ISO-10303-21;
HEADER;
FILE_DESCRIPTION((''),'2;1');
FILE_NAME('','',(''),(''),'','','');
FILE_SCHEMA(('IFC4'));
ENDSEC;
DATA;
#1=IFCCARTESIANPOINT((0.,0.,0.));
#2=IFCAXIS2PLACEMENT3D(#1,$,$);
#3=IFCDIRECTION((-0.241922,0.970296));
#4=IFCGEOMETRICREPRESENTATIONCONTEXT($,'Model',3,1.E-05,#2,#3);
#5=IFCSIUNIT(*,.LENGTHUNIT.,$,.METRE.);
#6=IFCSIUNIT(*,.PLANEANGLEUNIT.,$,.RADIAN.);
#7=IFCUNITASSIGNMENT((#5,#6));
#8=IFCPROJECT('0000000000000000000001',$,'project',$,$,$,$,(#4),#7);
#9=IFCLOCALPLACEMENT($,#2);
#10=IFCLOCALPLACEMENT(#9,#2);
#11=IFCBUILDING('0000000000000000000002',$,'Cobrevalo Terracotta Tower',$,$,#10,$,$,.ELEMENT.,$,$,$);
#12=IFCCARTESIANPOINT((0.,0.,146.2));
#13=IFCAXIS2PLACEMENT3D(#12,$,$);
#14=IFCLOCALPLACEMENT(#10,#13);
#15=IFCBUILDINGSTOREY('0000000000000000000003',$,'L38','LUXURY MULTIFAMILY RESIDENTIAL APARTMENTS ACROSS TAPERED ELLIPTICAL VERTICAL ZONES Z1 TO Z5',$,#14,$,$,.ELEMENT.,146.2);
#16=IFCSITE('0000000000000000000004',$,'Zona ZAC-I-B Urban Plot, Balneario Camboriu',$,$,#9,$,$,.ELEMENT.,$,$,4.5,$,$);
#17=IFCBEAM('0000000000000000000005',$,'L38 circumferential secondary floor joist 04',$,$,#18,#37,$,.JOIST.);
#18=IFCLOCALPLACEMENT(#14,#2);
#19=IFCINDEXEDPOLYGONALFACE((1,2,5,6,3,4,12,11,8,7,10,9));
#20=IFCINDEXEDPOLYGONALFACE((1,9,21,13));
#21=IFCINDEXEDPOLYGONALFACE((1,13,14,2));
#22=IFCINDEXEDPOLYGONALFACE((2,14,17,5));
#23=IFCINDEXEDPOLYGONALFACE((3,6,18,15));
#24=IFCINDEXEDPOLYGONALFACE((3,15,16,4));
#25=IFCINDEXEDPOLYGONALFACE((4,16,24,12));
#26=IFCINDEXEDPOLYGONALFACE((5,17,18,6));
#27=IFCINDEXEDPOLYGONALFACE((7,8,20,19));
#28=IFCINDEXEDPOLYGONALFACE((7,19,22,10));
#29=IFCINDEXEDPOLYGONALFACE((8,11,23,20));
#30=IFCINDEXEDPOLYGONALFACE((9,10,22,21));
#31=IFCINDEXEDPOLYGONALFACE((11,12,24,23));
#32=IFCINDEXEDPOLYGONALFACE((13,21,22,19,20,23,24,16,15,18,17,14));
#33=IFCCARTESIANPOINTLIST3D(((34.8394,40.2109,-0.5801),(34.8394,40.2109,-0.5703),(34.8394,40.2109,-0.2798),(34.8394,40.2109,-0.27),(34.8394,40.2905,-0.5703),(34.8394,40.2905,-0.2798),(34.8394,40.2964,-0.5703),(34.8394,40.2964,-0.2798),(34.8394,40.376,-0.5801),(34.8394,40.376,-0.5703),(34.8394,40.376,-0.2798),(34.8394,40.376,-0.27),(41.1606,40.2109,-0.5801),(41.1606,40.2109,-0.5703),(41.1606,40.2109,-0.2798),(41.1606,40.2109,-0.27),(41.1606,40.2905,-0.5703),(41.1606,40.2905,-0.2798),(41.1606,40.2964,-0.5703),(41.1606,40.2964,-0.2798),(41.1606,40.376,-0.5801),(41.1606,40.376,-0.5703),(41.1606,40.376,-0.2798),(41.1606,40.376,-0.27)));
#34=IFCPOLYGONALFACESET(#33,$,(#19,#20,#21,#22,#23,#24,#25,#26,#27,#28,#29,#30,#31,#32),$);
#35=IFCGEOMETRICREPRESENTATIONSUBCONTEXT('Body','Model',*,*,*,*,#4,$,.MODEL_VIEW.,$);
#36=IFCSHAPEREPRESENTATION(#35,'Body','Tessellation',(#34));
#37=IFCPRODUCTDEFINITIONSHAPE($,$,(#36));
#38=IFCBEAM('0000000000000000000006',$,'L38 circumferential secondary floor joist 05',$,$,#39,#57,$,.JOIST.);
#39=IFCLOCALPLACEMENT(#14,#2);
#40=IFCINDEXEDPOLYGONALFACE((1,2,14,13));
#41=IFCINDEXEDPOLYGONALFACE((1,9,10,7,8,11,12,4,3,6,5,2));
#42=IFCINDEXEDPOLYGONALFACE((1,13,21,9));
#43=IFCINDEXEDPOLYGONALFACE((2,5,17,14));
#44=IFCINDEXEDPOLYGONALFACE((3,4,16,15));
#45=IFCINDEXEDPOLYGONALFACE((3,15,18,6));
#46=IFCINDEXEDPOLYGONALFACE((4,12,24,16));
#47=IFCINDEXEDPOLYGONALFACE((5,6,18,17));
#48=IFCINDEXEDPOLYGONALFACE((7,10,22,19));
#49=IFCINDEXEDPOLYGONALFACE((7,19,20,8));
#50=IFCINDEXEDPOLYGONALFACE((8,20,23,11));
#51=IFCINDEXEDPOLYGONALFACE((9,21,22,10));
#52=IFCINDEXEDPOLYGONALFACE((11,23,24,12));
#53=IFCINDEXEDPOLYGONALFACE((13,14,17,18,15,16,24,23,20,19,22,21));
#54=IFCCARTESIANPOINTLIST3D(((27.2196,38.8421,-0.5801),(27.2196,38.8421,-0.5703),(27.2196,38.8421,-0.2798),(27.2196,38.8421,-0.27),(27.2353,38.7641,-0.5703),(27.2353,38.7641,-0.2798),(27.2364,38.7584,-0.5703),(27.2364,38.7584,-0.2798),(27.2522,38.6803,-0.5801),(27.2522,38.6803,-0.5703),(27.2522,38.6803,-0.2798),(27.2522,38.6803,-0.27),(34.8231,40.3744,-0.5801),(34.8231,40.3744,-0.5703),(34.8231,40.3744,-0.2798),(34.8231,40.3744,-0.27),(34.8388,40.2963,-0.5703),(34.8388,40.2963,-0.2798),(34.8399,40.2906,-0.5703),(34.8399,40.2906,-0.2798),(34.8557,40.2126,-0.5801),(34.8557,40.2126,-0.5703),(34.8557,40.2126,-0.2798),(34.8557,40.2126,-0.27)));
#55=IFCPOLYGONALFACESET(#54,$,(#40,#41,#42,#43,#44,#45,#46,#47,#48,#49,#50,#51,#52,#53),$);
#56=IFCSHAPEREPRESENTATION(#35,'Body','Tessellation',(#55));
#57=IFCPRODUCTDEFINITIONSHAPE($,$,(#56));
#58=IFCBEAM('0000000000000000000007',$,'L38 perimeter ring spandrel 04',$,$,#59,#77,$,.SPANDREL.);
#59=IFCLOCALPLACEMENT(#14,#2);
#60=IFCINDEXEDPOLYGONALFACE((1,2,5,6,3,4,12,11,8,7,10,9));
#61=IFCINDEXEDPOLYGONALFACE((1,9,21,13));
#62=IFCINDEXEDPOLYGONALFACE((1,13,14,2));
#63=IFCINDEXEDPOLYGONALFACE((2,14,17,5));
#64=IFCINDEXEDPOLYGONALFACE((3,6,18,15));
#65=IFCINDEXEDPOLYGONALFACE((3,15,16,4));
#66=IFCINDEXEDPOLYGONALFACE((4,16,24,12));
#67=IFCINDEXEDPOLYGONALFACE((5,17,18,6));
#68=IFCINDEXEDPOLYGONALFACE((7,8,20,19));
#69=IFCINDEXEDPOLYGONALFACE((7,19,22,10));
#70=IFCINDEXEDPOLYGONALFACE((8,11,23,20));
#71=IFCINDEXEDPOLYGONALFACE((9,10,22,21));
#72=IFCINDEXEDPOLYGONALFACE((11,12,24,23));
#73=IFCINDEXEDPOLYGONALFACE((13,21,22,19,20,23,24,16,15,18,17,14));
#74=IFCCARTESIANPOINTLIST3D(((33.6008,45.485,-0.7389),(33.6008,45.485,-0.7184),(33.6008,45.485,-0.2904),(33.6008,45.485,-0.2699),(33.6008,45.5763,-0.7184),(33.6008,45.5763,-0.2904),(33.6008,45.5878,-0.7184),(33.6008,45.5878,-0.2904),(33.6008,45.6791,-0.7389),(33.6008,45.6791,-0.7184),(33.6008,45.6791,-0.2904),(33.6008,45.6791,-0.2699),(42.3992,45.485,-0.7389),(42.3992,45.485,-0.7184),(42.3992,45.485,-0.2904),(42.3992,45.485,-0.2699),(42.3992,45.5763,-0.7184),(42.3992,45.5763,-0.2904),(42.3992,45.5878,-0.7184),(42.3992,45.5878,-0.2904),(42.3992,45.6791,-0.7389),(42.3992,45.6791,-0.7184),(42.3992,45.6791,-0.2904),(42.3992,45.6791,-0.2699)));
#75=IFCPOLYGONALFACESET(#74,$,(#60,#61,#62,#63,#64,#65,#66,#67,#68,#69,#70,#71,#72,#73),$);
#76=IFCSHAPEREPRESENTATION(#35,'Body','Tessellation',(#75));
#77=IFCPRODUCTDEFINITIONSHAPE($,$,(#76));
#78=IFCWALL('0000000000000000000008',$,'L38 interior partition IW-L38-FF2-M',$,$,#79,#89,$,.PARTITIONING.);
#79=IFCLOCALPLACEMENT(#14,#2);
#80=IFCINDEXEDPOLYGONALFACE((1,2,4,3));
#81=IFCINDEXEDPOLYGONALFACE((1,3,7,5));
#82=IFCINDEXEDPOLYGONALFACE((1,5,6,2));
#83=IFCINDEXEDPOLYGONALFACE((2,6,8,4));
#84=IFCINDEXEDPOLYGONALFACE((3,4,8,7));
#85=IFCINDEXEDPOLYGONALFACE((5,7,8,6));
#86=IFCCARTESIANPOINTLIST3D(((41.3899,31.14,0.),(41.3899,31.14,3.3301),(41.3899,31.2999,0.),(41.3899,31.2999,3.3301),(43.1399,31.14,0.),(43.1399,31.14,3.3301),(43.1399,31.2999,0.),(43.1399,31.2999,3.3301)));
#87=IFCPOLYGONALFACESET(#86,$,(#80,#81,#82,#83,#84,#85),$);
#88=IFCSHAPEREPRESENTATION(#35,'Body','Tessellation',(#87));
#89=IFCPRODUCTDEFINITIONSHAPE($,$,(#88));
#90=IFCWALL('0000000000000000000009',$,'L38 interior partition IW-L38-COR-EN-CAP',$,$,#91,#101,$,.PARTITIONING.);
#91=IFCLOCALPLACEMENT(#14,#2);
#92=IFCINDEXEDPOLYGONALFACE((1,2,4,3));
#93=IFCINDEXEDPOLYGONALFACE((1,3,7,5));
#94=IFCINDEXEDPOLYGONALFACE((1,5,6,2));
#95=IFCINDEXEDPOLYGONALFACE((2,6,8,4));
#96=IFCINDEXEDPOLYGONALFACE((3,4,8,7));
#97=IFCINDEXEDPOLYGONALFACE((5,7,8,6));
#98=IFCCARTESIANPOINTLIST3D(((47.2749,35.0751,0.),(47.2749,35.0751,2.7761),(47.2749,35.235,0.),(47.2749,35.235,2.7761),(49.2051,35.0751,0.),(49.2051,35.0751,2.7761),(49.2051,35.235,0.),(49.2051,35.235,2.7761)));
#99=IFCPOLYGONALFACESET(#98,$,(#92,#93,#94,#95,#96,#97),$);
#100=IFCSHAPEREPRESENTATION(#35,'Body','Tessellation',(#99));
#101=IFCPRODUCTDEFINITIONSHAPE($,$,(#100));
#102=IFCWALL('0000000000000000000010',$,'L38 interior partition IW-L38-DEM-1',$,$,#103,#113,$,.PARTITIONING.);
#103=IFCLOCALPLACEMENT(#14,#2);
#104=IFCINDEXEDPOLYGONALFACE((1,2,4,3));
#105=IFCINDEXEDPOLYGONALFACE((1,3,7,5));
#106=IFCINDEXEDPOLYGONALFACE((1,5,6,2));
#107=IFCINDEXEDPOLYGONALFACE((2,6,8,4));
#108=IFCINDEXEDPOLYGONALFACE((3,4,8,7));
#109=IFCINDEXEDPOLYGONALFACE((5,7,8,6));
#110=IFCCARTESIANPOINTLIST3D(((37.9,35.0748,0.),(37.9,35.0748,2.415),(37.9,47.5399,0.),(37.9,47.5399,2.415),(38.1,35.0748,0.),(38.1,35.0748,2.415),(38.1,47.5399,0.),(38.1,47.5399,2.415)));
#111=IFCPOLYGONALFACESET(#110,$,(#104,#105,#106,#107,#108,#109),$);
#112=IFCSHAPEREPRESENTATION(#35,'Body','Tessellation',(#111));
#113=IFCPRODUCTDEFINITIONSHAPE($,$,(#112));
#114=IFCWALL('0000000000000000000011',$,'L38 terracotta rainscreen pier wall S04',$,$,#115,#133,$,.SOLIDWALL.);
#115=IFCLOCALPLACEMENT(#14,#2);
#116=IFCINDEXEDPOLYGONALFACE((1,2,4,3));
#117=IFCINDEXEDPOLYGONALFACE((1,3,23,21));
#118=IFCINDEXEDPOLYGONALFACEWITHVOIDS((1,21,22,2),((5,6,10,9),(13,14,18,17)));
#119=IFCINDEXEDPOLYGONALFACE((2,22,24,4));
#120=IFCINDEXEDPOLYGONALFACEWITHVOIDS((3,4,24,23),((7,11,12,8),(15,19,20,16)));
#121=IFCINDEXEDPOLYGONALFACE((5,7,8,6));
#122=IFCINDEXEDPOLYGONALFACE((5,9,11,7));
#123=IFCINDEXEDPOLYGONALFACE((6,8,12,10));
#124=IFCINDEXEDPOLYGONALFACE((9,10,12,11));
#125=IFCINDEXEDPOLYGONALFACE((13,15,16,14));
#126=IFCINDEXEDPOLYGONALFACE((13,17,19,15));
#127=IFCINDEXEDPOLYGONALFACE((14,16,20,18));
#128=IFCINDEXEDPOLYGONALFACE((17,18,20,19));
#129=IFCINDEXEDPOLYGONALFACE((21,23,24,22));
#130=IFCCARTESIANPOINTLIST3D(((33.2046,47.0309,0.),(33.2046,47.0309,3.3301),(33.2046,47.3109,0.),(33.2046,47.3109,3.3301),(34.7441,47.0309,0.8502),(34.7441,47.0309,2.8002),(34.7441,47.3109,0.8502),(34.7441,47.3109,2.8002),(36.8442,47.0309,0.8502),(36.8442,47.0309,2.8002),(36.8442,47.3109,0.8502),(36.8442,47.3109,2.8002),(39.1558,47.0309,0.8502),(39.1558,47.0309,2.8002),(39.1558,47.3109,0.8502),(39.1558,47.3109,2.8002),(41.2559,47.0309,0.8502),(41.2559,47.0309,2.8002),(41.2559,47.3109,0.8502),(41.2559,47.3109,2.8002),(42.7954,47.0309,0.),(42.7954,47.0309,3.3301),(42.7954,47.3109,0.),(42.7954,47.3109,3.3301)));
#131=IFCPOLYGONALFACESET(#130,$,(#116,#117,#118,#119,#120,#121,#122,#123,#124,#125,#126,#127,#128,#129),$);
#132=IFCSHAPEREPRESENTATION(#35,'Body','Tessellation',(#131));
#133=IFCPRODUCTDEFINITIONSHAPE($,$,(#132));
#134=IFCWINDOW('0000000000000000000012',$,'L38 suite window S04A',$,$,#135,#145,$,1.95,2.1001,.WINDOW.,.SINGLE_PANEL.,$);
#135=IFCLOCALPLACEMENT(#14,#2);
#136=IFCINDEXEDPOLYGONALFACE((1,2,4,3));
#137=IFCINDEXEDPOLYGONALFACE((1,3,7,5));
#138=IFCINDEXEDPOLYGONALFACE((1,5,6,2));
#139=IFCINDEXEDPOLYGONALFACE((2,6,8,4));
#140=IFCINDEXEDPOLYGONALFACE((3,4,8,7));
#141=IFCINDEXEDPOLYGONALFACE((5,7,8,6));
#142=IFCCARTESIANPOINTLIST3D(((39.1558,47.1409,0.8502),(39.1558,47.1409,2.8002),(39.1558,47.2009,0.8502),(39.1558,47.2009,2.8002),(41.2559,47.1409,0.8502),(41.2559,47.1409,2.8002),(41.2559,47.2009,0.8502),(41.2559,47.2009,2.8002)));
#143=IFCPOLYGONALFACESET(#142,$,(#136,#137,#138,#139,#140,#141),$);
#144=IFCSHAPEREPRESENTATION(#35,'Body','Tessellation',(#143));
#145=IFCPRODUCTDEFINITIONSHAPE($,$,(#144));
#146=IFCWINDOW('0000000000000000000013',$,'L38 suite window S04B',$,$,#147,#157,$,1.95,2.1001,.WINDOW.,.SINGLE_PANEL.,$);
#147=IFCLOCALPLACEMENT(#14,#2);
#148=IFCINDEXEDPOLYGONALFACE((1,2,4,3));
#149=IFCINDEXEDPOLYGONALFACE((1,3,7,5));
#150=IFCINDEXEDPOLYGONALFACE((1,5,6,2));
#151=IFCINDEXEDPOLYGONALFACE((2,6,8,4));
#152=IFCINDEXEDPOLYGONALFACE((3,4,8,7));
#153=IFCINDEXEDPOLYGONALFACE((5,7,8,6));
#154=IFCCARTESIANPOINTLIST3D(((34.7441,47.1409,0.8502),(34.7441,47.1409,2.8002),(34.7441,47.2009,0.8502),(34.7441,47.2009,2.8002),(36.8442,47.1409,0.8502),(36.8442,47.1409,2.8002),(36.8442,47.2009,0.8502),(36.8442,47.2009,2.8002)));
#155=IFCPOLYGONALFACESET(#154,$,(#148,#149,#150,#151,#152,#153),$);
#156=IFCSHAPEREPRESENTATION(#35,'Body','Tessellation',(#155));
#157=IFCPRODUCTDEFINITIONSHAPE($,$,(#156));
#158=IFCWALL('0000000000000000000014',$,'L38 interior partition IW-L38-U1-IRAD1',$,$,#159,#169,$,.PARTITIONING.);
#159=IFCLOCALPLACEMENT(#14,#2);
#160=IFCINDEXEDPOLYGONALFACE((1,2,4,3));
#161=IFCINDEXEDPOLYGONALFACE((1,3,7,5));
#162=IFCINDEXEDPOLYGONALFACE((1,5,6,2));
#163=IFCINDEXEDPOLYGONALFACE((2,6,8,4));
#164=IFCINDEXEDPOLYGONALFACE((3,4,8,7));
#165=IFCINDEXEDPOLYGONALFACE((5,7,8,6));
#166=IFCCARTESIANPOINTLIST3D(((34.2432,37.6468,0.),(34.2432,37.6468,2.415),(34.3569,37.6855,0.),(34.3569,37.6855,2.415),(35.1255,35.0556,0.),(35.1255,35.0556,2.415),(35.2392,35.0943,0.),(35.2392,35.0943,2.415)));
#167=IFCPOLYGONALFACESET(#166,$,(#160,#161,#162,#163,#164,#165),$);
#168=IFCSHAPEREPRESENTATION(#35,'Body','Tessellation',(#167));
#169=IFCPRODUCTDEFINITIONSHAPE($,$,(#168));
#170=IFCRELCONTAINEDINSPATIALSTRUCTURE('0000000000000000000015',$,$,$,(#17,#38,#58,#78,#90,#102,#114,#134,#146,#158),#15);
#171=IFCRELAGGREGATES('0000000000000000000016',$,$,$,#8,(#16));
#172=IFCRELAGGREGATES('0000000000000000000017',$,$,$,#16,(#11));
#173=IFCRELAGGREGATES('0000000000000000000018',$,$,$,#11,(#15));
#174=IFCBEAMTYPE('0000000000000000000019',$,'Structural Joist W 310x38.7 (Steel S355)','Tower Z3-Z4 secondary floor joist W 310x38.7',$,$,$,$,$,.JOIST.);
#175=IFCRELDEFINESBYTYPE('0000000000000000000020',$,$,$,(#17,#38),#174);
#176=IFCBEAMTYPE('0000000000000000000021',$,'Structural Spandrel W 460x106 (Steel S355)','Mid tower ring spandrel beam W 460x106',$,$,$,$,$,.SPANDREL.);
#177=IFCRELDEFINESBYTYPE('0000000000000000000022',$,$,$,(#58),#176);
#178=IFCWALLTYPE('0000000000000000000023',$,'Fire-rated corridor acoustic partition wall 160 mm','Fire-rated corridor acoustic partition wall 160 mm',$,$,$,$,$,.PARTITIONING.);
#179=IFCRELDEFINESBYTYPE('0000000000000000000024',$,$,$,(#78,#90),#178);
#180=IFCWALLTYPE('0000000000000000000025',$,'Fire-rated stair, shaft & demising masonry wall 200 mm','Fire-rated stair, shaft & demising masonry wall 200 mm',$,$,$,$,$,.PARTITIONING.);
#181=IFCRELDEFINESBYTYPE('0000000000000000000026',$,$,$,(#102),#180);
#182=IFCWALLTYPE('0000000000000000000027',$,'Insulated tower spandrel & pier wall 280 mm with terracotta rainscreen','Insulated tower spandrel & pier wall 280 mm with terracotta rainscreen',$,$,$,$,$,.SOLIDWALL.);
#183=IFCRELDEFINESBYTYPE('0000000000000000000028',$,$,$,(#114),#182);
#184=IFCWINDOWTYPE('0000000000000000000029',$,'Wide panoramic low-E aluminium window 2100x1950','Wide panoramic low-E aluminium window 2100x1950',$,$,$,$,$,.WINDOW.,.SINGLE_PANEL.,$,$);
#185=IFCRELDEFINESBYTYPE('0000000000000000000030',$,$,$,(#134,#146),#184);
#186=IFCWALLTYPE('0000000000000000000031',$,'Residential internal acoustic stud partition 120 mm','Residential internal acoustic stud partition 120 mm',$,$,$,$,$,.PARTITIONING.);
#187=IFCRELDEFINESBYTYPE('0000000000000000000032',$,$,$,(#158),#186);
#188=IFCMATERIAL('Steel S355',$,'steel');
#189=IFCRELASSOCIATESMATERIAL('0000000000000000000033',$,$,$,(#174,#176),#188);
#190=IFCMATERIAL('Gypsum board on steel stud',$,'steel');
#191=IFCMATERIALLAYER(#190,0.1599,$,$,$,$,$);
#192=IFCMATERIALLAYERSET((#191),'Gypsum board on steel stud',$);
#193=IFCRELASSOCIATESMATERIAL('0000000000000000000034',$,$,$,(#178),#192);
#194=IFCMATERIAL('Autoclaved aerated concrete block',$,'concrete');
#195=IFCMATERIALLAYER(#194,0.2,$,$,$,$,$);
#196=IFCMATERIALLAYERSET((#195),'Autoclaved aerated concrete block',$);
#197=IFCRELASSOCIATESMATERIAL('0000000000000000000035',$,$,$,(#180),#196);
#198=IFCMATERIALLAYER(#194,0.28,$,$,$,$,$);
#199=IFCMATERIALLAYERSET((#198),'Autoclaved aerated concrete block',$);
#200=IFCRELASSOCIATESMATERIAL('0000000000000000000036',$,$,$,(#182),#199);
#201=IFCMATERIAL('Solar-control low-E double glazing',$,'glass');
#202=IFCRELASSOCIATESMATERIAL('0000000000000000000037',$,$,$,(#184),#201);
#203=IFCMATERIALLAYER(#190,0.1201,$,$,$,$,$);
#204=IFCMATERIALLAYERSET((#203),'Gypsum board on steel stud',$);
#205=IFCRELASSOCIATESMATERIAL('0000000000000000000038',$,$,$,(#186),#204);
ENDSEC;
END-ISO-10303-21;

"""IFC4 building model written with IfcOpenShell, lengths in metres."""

from ifc_helpers import new_model, si_unit, direction, frame, frame_2d, origin, origin_2d, place, context, subcontext, project, spatial, rectangle, i_section, extrude, source, transform, mapped, material, layer, layer_set, material_profile, profile_set, type_object, element, fill, save


model = new_model("IFC4")

# Units and contexts
model_context = context("Model", 3, precision=1e-05, world=origin(), true_north=direction((-0.241922, 0.970296)))
body_context = subcontext(model_context, "Body", "Model", "MODEL_VIEW")
ifc_project = project(units=[si_unit("LENGTHUNIT", "METRE"), si_unit("PLANEANGLEUNIT", "RADIAN")], contexts=[model_context])

# Site, building, storey
site_placement = place(None, origin())
site = spatial("IfcSite", under=ifc_project, at=site_placement, Name="Zona ZAC-I-B Urban Plot, Balneario Camboriu", CompositionType="ELEMENT", RefElevation=4.5)
building_placement = place(site_placement, origin())
building = spatial("IfcBuilding", under=site, at=building_placement, Name="Cobrevalo Terracotta Tower", CompositionType="ELEMENT")
storey_placement = place(building_placement, frame((0.0, 0.0, 146.2)))
storey = spatial("IfcBuildingStorey", under=building, at=storey_placement, Name="L38", Description="LUXURY MULTIFAMILY RESIDENTIAL APARTMENTS ACROSS TAPERED ELLIPTICAL VERTICAL ZONES Z1 TO Z5", CompositionType="ELEMENT", Elevation=146.2)

# Shared definitions
ifc_material_1 = material(Name="Steel S355", Category="steel")

# Beams
ifc_material_profile_1 = material_profile(ifc_material_1, i_section(OverallWidth=0.165, OverallDepth=0.3101, WebThickness=0.0059, FlangeThickness=0.0098, at=origin_2d()), Name="W 310x38.7")
ifc_profile_set_1 = profile_set([ifc_material_profile_1], Name="Steel S355")
beam_type_1 = type_object("IfcBeamType", Name="Structural Joist W 310x38.7 (Steel S355)", Description="Tower Z3-Z4 secondary floor joist W 310x38.7", PredefinedType="JOIST", material=ifc_profile_set_1)
beam_1_placement = place(storey_placement, frame((41.1606, 40.2935, -0.425), z_axis=(-1.0, 0.0, 0.0), x_axis=(0.0, -1.0, 0.0)))
element("IfcBeam", 1, at=beam_1_placement, inside=storey, type_object=beam_type_1, Name="L38 circumferential secondary floor joist 04", PredefinedType="JOIST", context=body_context, shape_type="SweptSolid", body=[
    extrude(i_section(OverallWidth=0.165, OverallDepth=0.3101, WebThickness=0.0059, FlangeThickness=0.0098, at=origin_2d()), origin(), (0.0, 0.0, 1.0), 6.3213),
])
beam_2_placement = place(storey_placement, frame((34.8394, 40.2935, -0.425), z_axis=(-0.980294, -0.197544, 0.0), x_axis=(0.197544, -0.980294, 0.0)))
element("IfcBeam", 2, at=beam_2_placement, inside=storey, type_object=beam_type_1, Name="L38 circumferential secondary floor joist 05", PredefinedType="JOIST", context=body_context, shape_type="SweptSolid", body=[
    extrude(i_section(OverallWidth=0.165, OverallDepth=0.3101, WebThickness=0.0059, FlangeThickness=0.0098, at=origin_2d()), origin(), (0.0, 0.0, 1.0), 7.7563),
])
ifc_material_profile_2 = material_profile(ifc_material_1, i_section(OverallWidth=0.1941, OverallDepth=0.469, WebThickness=0.0115, FlangeThickness=0.0205, at=origin_2d()), Name="W 460x106")
ifc_profile_set_2 = profile_set([ifc_material_profile_2], Name="Steel S355")
beam_type_2 = type_object("IfcBeamType", Name="Structural Spandrel W 460x106 (Steel S355)", Description="Mid tower ring spandrel beam W 460x106", PredefinedType="SPANDREL", material=ifc_profile_set_2)
beam_3_placement = place(storey_placement, frame((42.3992, 45.582, -0.5044), z_axis=(-1.0, 0.0, 0.0), x_axis=(0.0, -1.0, 0.0)))
element("IfcBeam", 3, at=beam_3_placement, inside=storey, type_object=beam_type_2, Name="L38 perimeter ring spandrel 04", PredefinedType="SPANDREL", context=body_context, shape_type="SweptSolid", body=[
    extrude(i_section(OverallWidth=0.1941, OverallDepth=0.469, WebThickness=0.0115, FlangeThickness=0.0205, at=origin_2d()), origin(), (0.0, 0.0, 1.0), 8.7983),
])

# Walls
ifc_material_2 = material(Name="Gypsum board on steel stud", Category="steel")
ifc_layer_1 = layer(ifc_material_2, 0.1599)
ifc_layer_set_1 = layer_set([ifc_layer_1], Name="Gypsum board on steel stud")
wall_type_1 = type_object("IfcWallType", Name="Fire-rated corridor acoustic partition wall 160 mm", Description="Fire-rated corridor acoustic partition wall 160 mm", PredefinedType="PARTITIONING", material=ifc_layer_set_1)
wall_1_placement = place(storey_placement, frame((41.3899, 31.22, 0.0), z_axis=(0.0, 0.0, 1.0), x_axis=(1.0, 0.0, 0.0)))
element("IfcWall", 4, at=wall_1_placement, inside=storey, type_object=wall_type_1, Name="L38 interior partition IW-L38-FF2-M", PredefinedType="PARTITIONING", context=body_context, shape_type="SweptSolid", body=[
    extrude(rectangle(XDim=1.75, YDim=0.1599, at=frame_2d((0.875, 0.0))), origin(), (0.0, 0.0, 1.0), 3.3301),
])
wall_2_placement = place(storey_placement, frame((47.2749, 35.155, 0.0), z_axis=(0.0, 0.0, 1.0), x_axis=(1.0, 0.0, 0.0)))
element("IfcWall", 5, at=wall_2_placement, inside=storey, type_object=wall_type_1, Name="L38 interior partition IW-L38-COR-EN-CAP", PredefinedType="PARTITIONING", context=body_context, shape_type="SweptSolid", body=[
    extrude(rectangle(XDim=1.9302, YDim=0.1599, at=frame_2d((0.9651, 0.0))), origin(), (0.0, 0.0, 1.0), 2.7761),
])
ifc_material_3 = material(Name="Autoclaved aerated concrete block", Category="concrete")
ifc_layer_2 = layer(ifc_material_3, 0.2)
ifc_layer_set_2 = layer_set([ifc_layer_2], Name="Autoclaved aerated concrete block")
wall_type_2 = type_object("IfcWallType", Name="Fire-rated stair, shaft & demising masonry wall 200 mm", Description="Fire-rated stair, shaft & demising masonry wall 200 mm", PredefinedType="PARTITIONING", material=ifc_layer_set_2)
wall_3_placement = place(storey_placement, frame((38.0, 35.075, 0.0), z_axis=(0.0, 0.0, 1.0), x_axis=(0.0, 1.0, 0.0)))
element("IfcWall", 6, at=wall_3_placement, inside=storey, type_object=wall_type_2, Name="L38 interior partition IW-L38-DEM-1", PredefinedType="PARTITIONING", context=body_context, shape_type="SweptSolid", body=[
    extrude(rectangle(XDim=12.4651, YDim=0.2, at=frame_2d((6.2324, 0.0))), origin(), (0.0, 0.0, 1.0), 2.415),
])

# Wall, openings, windows
ifc_layer_3 = layer(ifc_material_3, 0.28)
ifc_layer_set_3 = layer_set([ifc_layer_3], Name="Autoclaved aerated concrete block")
wall_type_3 = type_object("IfcWallType", Name="Insulated tower spandrel & pier wall 280 mm with terracotta rainscreen", Description="Insulated tower spandrel & pier wall 280 mm with terracotta rainscreen", PredefinedType="SOLIDWALL", material=ifc_layer_set_3)
wall_4_placement = place(storey_placement, frame((42.7954, 47.1709, 0.0), z_axis=(0.0, 0.0, 1.0), x_axis=(-1.0, 0.0, 0.0)))
wall_4 = element("IfcWall", 7, at=wall_4_placement, inside=storey, type_object=wall_type_3, Name="L38 terracotta rainscreen pier wall S04", PredefinedType="SOLIDWALL", context=body_context, shape_type="SweptSolid", body=[
    extrude(rectangle(XDim=9.5908, YDim=0.28, at=frame_2d((4.7954, 0.0))), origin(), (0.0, 0.0, 1.0), 3.3301),
])
opening_1_placement = place(wall_4_placement, frame((1.5396, 0.0, 0.8501)))
opening_1 = element("IfcOpeningElement", 8, at=opening_1_placement, cuts=wall_4, PredefinedType="OPENING", context=body_context, shape_type="SweptSolid", body=[
    extrude(rectangle(XDim=2.1001, YDim=1.95, at=frame_2d((1.05, 0.9751))), frame((0.0, 0.1499, 0.0), z_axis=(0.0, -1.0, 0.0), x_axis=(1.0, 0.0, 0.0)), (0.0, 0.0, 1.0), 0.3),
])
opening_2_placement = place(wall_4_placement, frame((5.9512, 0.0, 0.8501)))
opening_2 = element("IfcOpeningElement", 9, at=opening_2_placement, cuts=wall_4, PredefinedType="OPENING", context=body_context, shape_type="SweptSolid", body=[
    extrude(rectangle(XDim=2.1001, YDim=1.95, at=frame_2d((1.05, 0.9751))), frame((0.0, 0.1499, 0.0), z_axis=(0.0, -1.0, 0.0), x_axis=(1.0, 0.0, 0.0)), (0.0, 0.0, 1.0), 0.3),
])
ifc_material_4 = material(Name="Solar-control low-E double glazing", Category="glass")
window_type = type_object("IfcWindowType", Name="Wide panoramic low-E aluminium window 2100x1950", Description="Wide panoramic low-E aluminium window 2100x1950", PartitioningType="SINGLE_PANEL", PredefinedType="WINDOW", material=ifc_material_4)
shared_shape_1 = source(origin(), body_context, "Body", "SweptSolid", [
    extrude(rectangle(XDim=2.1001, YDim=1.95, at=frame_2d((1.05, 0.9751))), frame((0.0, 0.03, 0.0), z_axis=(0.0, -1.0, 0.0), x_axis=(1.0, 0.0, 0.0)), (0.0, 0.0, 1.0), 0.0601),
])
window_1_placement = place(opening_1_placement, origin())
window_1 = element("IfcWindow", 10, at=window_1_placement, inside=storey, type_object=window_type, Name="L38 suite window S04A", OverallHeight=1.95, OverallWidth=2.1001, PartitioningType="SINGLE_PANEL", PredefinedType="WINDOW", context=body_context, shape_type="MappedRepresentation", body=[
    mapped(shared_shape_1, transform((0.0, 0.0, 0.0), scale=1.0)),
])
fill(opening_1, window_1)
window_2_placement = place(opening_2_placement, origin())
window_2 = element("IfcWindow", 11, at=window_2_placement, inside=storey, type_object=window_type, Name="L38 suite window S04B", OverallHeight=1.95, OverallWidth=2.1001, PartitioningType="SINGLE_PANEL", PredefinedType="WINDOW", context=body_context, shape_type="MappedRepresentation", body=[
    mapped(shared_shape_1, transform((0.0, 0.0, 0.0), scale=1.0)),
])
fill(opening_2, window_2)

# Wall
ifc_layer_4 = layer(ifc_material_2, 0.1201)
ifc_layer_set_4 = layer_set([ifc_layer_4], Name="Gypsum board on steel stud")
wall_type_4 = type_object("IfcWallType", Name="Residential internal acoustic stud partition 120 mm", Description="Residential internal acoustic stud partition 120 mm", PredefinedType="PARTITIONING", material=ifc_layer_set_4)
wall_5_placement = place(storey_placement, frame((35.1824, 35.075, 0.0), z_axis=(0.0, 0.0, 1.0), x_axis=(-0.322322, 0.94663, 0.0)))
element("IfcWall", 12, at=wall_5_placement, inside=storey, type_object=wall_type_4, Name="L38 interior partition IW-L38-U1-IRAD1", PredefinedType="PARTITIONING", context=body_context, shape_type="SweptSolid", body=[
    extrude(rectangle(XDim=2.7373, YDim=0.1201, at=frame_2d((1.3687, 0.0))), origin(), (0.0, 0.0, 1.0), 2.415),
])

save(model, "model.ifc")
